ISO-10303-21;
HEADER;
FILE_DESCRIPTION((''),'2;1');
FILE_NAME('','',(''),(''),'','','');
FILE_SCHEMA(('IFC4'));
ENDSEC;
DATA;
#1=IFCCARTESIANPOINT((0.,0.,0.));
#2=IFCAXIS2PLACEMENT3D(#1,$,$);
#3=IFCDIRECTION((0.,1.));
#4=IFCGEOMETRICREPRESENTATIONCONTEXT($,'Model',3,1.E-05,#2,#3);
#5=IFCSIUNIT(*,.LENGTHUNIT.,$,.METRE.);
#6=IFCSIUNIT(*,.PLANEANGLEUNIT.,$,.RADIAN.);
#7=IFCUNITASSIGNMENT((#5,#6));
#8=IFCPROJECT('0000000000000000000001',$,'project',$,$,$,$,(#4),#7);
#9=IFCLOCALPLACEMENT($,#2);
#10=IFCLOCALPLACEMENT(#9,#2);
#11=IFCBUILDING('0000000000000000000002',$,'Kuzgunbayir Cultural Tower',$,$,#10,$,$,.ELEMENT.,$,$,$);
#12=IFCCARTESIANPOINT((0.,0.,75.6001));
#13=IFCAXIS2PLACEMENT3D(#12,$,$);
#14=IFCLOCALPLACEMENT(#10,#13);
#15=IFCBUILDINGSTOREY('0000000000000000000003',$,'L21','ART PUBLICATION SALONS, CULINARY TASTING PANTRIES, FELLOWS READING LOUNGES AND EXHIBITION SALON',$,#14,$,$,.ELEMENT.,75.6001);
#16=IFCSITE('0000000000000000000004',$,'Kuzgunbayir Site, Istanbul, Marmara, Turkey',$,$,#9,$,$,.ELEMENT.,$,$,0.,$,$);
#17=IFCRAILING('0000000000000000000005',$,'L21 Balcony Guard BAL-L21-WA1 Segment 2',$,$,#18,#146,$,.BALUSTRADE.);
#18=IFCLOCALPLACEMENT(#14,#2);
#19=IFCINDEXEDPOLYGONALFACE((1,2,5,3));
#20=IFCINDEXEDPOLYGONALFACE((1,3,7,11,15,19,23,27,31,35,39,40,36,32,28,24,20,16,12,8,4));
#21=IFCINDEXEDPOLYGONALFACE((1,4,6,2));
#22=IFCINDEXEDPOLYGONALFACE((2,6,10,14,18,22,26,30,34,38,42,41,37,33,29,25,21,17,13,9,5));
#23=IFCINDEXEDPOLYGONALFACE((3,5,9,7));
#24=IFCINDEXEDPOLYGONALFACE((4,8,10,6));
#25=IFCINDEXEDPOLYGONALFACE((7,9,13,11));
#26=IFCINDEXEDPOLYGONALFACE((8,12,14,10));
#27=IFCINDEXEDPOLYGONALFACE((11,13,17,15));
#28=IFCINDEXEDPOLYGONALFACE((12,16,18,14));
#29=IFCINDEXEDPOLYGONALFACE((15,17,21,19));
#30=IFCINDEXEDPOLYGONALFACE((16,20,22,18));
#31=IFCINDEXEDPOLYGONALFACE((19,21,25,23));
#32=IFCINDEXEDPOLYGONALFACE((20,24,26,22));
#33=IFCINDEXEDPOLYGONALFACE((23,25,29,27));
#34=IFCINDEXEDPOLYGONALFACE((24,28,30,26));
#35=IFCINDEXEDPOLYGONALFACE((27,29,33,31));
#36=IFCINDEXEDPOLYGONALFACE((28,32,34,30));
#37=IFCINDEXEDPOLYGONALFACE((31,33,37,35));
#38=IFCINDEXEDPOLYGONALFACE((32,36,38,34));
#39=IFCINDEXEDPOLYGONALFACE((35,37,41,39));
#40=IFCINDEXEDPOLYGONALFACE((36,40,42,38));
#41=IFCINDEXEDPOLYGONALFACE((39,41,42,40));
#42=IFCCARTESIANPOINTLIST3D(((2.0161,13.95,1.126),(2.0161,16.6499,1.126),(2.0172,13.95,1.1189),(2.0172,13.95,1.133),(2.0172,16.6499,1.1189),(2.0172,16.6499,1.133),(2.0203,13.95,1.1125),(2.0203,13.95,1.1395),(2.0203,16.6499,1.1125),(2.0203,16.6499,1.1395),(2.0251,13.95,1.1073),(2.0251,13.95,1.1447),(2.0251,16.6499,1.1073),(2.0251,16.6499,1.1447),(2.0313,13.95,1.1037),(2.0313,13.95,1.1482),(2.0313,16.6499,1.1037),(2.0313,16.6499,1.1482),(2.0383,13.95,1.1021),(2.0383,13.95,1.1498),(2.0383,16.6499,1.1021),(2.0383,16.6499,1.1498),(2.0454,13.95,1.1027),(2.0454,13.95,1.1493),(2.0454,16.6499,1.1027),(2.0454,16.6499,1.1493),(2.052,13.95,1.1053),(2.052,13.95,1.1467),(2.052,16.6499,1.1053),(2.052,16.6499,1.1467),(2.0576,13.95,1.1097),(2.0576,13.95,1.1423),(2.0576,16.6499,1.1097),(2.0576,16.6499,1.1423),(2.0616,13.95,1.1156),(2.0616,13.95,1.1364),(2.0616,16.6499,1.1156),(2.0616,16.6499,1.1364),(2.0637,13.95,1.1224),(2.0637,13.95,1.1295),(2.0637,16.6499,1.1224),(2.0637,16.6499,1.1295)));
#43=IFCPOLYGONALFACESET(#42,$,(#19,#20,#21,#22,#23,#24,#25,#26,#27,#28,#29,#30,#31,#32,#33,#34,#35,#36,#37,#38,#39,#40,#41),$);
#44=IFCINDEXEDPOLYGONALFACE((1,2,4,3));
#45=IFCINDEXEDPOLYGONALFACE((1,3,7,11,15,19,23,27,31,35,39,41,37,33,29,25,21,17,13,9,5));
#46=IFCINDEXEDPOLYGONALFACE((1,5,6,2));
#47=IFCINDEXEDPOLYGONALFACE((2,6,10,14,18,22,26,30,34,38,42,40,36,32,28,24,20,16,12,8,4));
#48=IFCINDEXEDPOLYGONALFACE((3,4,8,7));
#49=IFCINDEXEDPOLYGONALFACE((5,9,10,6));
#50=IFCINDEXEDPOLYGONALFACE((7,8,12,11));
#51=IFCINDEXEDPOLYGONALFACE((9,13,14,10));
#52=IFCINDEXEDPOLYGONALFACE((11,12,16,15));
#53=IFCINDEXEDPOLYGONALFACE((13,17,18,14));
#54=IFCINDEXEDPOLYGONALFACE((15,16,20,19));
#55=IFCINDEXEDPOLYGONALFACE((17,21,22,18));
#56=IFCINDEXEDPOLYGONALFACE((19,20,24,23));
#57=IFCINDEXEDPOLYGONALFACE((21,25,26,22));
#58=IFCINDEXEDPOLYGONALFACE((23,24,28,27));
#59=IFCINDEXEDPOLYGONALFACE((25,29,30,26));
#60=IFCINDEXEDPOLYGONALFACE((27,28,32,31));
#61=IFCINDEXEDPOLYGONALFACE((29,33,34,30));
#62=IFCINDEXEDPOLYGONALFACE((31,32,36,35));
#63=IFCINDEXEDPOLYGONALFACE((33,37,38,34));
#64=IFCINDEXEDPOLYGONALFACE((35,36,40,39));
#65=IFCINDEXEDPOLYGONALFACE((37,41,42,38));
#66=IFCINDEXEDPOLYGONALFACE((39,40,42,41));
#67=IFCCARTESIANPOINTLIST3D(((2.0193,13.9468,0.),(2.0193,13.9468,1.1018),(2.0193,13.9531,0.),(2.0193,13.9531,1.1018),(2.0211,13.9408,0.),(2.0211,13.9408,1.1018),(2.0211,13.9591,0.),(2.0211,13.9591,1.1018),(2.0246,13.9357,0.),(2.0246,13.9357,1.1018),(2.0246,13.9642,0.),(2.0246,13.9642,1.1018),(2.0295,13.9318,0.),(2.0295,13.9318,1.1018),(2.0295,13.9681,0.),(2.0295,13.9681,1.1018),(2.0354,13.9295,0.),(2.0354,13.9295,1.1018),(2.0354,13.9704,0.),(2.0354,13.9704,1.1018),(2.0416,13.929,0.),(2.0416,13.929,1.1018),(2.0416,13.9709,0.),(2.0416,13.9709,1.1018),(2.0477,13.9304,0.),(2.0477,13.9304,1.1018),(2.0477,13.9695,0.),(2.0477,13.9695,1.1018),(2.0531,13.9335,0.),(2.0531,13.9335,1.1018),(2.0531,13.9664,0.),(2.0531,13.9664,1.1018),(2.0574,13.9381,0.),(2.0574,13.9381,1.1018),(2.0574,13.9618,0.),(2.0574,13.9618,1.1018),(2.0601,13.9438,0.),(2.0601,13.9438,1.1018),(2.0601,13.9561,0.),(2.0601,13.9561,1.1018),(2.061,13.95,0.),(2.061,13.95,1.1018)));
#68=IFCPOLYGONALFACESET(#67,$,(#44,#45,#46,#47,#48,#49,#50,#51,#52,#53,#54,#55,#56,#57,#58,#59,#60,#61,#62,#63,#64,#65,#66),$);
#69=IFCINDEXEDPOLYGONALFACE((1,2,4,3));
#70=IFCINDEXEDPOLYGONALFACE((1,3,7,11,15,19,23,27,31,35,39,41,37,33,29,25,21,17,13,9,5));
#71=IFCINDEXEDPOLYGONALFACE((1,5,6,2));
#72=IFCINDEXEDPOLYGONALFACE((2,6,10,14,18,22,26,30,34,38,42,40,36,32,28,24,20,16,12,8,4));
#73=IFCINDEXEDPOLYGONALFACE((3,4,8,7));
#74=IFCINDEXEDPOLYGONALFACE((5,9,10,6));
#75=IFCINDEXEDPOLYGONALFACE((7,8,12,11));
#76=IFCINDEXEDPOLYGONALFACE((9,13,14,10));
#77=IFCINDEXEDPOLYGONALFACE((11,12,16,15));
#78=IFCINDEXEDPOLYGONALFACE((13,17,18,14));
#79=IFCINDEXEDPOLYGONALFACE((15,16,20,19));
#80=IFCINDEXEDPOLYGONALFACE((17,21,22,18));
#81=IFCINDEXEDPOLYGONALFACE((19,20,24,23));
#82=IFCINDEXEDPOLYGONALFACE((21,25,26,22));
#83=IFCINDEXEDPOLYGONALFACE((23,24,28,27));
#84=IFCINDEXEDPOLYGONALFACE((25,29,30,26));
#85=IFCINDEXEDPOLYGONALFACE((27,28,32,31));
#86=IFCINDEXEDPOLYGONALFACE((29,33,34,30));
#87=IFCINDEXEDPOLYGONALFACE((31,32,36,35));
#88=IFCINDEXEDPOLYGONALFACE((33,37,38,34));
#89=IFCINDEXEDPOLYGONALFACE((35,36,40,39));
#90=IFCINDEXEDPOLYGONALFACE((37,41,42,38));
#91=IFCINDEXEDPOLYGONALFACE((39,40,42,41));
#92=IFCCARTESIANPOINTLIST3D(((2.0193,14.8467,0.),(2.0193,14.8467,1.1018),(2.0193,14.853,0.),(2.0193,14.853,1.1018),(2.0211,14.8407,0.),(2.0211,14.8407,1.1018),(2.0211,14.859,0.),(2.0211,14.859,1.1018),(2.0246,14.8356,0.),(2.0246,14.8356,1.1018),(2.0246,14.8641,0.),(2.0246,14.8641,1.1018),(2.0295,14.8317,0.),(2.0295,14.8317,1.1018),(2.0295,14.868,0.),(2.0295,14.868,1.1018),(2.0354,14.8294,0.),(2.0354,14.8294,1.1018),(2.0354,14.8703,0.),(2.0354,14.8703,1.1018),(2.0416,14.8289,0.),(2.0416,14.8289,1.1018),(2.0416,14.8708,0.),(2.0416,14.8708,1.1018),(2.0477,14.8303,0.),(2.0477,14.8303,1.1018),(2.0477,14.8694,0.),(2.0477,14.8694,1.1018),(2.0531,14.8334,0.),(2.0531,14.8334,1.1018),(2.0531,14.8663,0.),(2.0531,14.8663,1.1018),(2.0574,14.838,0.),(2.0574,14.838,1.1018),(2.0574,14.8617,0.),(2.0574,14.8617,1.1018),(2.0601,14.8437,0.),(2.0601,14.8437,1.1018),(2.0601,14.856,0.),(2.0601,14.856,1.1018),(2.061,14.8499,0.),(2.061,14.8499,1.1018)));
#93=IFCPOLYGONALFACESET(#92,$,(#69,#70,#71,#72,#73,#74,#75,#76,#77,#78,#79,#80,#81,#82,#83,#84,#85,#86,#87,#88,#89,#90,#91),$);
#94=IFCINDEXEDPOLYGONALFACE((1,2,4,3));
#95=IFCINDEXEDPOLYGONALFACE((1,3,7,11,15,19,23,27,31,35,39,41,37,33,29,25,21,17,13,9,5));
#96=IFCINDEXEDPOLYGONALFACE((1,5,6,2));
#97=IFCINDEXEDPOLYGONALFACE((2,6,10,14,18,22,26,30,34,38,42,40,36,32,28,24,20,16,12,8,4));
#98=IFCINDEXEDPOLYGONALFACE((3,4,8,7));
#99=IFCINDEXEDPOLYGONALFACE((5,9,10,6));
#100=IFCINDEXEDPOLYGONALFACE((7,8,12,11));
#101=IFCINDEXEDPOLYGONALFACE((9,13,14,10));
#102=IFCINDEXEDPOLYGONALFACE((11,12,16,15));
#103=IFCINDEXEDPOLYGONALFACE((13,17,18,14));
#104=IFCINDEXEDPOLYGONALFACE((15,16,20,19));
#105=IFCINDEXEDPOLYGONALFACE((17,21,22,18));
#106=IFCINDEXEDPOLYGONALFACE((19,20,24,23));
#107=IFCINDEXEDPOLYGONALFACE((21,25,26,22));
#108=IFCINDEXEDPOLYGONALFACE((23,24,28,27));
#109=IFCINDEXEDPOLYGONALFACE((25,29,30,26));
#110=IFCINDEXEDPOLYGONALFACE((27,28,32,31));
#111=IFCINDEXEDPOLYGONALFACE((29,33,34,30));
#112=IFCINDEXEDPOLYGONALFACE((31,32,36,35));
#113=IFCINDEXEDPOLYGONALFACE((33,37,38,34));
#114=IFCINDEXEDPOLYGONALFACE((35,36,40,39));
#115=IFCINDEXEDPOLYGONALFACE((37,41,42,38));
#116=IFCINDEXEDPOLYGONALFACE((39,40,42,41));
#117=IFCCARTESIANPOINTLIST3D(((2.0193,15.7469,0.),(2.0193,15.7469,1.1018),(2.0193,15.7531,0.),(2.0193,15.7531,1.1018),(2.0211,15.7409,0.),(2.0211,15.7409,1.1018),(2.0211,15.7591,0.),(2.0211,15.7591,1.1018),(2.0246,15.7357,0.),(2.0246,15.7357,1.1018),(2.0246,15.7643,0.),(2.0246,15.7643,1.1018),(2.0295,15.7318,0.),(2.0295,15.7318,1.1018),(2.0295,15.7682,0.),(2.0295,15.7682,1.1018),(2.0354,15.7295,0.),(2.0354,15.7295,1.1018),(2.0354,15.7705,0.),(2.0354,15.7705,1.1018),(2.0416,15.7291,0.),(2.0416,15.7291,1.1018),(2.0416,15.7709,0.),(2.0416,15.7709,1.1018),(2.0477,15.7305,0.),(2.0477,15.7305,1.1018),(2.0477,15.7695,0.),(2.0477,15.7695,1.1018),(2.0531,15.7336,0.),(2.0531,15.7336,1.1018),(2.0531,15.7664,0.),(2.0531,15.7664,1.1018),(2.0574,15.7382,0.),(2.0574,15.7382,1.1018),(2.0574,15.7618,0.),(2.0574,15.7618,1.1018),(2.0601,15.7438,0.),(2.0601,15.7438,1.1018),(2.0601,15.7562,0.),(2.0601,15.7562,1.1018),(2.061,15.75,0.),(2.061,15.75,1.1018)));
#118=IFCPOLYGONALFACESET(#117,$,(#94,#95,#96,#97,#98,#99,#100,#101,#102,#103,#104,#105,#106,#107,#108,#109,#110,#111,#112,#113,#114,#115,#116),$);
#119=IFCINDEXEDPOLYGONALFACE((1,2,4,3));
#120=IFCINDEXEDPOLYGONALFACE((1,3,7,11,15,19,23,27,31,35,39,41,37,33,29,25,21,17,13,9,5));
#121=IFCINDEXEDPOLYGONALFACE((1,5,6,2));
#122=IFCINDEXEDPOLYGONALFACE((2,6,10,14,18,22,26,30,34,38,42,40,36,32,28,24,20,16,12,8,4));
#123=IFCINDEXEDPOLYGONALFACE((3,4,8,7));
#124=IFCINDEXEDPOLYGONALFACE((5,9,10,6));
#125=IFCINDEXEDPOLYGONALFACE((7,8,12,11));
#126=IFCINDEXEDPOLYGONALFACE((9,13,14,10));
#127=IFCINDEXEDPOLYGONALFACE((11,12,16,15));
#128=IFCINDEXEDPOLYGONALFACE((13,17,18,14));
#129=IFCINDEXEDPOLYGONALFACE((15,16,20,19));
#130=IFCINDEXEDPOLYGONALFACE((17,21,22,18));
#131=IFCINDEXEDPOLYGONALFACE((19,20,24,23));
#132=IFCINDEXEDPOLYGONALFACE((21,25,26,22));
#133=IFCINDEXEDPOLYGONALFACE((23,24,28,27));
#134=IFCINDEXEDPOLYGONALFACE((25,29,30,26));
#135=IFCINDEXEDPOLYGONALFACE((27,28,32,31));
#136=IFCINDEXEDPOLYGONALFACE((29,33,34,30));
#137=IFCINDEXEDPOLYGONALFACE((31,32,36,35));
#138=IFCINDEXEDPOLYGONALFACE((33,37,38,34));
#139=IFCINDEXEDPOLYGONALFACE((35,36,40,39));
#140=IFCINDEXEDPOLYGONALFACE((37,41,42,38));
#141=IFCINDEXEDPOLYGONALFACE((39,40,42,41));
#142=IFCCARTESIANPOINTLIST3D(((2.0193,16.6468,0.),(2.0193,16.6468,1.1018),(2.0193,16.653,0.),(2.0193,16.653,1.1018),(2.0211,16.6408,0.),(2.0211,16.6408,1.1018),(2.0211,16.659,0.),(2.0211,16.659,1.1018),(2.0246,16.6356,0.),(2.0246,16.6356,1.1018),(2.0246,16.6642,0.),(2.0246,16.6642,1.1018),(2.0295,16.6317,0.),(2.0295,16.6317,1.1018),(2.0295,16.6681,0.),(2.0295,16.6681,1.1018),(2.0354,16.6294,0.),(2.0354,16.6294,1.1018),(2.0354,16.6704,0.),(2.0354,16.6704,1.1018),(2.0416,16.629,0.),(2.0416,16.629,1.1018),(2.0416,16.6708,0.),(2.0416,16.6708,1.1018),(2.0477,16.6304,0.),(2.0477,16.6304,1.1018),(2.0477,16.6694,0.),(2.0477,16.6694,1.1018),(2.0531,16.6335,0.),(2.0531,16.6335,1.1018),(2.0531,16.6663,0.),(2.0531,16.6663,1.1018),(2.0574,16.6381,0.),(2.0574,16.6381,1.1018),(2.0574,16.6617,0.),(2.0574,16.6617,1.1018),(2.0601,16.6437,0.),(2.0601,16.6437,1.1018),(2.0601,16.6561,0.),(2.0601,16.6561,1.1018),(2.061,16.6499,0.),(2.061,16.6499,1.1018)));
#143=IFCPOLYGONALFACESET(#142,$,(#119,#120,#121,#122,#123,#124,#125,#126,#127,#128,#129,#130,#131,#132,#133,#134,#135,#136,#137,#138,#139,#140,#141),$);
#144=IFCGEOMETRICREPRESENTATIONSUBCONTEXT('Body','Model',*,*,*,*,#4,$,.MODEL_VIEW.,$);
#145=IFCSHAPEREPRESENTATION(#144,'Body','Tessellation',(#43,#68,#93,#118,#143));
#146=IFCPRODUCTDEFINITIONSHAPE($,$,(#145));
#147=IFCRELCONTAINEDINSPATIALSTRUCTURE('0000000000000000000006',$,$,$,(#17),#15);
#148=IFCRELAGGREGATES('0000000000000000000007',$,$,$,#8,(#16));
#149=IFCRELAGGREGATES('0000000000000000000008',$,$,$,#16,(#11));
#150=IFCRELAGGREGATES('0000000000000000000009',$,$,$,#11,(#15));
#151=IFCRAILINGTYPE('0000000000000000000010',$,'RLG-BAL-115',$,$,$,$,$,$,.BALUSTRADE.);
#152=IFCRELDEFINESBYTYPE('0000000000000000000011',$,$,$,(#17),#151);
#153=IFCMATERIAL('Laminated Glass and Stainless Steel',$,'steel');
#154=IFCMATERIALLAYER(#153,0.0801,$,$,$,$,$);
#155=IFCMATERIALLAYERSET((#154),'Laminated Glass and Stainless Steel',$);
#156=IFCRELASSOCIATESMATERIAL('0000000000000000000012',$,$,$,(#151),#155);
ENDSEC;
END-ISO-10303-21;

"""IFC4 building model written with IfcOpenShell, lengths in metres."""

from ifc_helpers import new_model, si_unit, direction, frame, origin, origin_2d, place, context, subcontext, project, spatial, circle, extrude, material, layer, layer_set, type_object, element, save


model = new_model("IFC4")

# Units and contexts
model_context = context("Model", 3, precision=1e-05, world=origin(), true_north=direction((0.0, 1.0)))
body_context = subcontext(model_context, "Body", "Model", "MODEL_VIEW")
ifc_project = project(units=[si_unit("LENGTHUNIT", "METRE"), si_unit("PLANEANGLEUNIT", "RADIAN")], contexts=[model_context])

# Site, building, storey
site_placement = place(None, origin())
site = spatial("IfcSite", under=ifc_project, at=site_placement, Name="Kuzgunbayir Site, Istanbul, Marmara, Turkey", CompositionType="ELEMENT", RefElevation=0.0)
building_placement = place(site_placement, origin())
building = spatial("IfcBuilding", under=site, at=building_placement, Name="Kuzgunbayir Cultural Tower", CompositionType="ELEMENT")
storey_placement = place(building_placement, frame((0.0, 0.0, 75.6001)))
storey = spatial("IfcBuildingStorey", under=building, at=storey_placement, Name="L21", Description="ART PUBLICATION SALONS, CULINARY TASTING PANTRIES, FELLOWS READING LOUNGES AND EXHIBITION SALON", CompositionType="ELEMENT", Elevation=75.6001)

# Railing
ifc_material_1 = material(Name="Laminated Glass and Stainless Steel", Category="steel")
ifc_layer_1 = layer(ifc_material_1, 0.0801)
ifc_layer_set_1 = layer_set([ifc_layer_1], Name="Laminated Glass and Stainless Steel")
railing_type = type_object("IfcRailingType", Name="RLG-BAL-115", PredefinedType="BALUSTRADE", material=ifc_layer_set_1)
railing_1_placement = place(storey_placement, frame((2.04, 13.95, 0.0)))
element("IfcRailing", 1, at=railing_1_placement, inside=storey, type_object=railing_type, Name="L21 Balcony Guard BAL-L21-WA1 Segment 2", PredefinedType="BALUSTRADE", context=body_context, shape_type="SweptSolid", body=[
    extrude(circle(Radius=0.0239, at=origin_2d()), frame((0.0, 0.0, 1.126), z_axis=(0.0, 1.0, 0.0), x_axis=(-1.0, 0.0, 0.0)), (0.0, 0.0, 1.0), 2.7),
    extrude(circle(Radius=0.021, at=origin_2d()), origin(), (0.0, 0.0, 1.0), 1.1018),
    extrude(circle(Radius=0.021, at=origin_2d()), frame((0.0, 0.8999, 0.0)), (0.0, 0.0, 1.0), 1.1018),
    extrude(circle(Radius=0.021, at=origin_2d()), frame((0.0, 1.8, 0.0)), (0.0, 0.0, 1.0), 1.1018),
    extrude(circle(Radius=0.021, at=origin_2d()), frame((0.0, 2.7, 0.0)), (0.0, 0.0, 1.0), 1.1018),
])

save(model, "model.ifc")
